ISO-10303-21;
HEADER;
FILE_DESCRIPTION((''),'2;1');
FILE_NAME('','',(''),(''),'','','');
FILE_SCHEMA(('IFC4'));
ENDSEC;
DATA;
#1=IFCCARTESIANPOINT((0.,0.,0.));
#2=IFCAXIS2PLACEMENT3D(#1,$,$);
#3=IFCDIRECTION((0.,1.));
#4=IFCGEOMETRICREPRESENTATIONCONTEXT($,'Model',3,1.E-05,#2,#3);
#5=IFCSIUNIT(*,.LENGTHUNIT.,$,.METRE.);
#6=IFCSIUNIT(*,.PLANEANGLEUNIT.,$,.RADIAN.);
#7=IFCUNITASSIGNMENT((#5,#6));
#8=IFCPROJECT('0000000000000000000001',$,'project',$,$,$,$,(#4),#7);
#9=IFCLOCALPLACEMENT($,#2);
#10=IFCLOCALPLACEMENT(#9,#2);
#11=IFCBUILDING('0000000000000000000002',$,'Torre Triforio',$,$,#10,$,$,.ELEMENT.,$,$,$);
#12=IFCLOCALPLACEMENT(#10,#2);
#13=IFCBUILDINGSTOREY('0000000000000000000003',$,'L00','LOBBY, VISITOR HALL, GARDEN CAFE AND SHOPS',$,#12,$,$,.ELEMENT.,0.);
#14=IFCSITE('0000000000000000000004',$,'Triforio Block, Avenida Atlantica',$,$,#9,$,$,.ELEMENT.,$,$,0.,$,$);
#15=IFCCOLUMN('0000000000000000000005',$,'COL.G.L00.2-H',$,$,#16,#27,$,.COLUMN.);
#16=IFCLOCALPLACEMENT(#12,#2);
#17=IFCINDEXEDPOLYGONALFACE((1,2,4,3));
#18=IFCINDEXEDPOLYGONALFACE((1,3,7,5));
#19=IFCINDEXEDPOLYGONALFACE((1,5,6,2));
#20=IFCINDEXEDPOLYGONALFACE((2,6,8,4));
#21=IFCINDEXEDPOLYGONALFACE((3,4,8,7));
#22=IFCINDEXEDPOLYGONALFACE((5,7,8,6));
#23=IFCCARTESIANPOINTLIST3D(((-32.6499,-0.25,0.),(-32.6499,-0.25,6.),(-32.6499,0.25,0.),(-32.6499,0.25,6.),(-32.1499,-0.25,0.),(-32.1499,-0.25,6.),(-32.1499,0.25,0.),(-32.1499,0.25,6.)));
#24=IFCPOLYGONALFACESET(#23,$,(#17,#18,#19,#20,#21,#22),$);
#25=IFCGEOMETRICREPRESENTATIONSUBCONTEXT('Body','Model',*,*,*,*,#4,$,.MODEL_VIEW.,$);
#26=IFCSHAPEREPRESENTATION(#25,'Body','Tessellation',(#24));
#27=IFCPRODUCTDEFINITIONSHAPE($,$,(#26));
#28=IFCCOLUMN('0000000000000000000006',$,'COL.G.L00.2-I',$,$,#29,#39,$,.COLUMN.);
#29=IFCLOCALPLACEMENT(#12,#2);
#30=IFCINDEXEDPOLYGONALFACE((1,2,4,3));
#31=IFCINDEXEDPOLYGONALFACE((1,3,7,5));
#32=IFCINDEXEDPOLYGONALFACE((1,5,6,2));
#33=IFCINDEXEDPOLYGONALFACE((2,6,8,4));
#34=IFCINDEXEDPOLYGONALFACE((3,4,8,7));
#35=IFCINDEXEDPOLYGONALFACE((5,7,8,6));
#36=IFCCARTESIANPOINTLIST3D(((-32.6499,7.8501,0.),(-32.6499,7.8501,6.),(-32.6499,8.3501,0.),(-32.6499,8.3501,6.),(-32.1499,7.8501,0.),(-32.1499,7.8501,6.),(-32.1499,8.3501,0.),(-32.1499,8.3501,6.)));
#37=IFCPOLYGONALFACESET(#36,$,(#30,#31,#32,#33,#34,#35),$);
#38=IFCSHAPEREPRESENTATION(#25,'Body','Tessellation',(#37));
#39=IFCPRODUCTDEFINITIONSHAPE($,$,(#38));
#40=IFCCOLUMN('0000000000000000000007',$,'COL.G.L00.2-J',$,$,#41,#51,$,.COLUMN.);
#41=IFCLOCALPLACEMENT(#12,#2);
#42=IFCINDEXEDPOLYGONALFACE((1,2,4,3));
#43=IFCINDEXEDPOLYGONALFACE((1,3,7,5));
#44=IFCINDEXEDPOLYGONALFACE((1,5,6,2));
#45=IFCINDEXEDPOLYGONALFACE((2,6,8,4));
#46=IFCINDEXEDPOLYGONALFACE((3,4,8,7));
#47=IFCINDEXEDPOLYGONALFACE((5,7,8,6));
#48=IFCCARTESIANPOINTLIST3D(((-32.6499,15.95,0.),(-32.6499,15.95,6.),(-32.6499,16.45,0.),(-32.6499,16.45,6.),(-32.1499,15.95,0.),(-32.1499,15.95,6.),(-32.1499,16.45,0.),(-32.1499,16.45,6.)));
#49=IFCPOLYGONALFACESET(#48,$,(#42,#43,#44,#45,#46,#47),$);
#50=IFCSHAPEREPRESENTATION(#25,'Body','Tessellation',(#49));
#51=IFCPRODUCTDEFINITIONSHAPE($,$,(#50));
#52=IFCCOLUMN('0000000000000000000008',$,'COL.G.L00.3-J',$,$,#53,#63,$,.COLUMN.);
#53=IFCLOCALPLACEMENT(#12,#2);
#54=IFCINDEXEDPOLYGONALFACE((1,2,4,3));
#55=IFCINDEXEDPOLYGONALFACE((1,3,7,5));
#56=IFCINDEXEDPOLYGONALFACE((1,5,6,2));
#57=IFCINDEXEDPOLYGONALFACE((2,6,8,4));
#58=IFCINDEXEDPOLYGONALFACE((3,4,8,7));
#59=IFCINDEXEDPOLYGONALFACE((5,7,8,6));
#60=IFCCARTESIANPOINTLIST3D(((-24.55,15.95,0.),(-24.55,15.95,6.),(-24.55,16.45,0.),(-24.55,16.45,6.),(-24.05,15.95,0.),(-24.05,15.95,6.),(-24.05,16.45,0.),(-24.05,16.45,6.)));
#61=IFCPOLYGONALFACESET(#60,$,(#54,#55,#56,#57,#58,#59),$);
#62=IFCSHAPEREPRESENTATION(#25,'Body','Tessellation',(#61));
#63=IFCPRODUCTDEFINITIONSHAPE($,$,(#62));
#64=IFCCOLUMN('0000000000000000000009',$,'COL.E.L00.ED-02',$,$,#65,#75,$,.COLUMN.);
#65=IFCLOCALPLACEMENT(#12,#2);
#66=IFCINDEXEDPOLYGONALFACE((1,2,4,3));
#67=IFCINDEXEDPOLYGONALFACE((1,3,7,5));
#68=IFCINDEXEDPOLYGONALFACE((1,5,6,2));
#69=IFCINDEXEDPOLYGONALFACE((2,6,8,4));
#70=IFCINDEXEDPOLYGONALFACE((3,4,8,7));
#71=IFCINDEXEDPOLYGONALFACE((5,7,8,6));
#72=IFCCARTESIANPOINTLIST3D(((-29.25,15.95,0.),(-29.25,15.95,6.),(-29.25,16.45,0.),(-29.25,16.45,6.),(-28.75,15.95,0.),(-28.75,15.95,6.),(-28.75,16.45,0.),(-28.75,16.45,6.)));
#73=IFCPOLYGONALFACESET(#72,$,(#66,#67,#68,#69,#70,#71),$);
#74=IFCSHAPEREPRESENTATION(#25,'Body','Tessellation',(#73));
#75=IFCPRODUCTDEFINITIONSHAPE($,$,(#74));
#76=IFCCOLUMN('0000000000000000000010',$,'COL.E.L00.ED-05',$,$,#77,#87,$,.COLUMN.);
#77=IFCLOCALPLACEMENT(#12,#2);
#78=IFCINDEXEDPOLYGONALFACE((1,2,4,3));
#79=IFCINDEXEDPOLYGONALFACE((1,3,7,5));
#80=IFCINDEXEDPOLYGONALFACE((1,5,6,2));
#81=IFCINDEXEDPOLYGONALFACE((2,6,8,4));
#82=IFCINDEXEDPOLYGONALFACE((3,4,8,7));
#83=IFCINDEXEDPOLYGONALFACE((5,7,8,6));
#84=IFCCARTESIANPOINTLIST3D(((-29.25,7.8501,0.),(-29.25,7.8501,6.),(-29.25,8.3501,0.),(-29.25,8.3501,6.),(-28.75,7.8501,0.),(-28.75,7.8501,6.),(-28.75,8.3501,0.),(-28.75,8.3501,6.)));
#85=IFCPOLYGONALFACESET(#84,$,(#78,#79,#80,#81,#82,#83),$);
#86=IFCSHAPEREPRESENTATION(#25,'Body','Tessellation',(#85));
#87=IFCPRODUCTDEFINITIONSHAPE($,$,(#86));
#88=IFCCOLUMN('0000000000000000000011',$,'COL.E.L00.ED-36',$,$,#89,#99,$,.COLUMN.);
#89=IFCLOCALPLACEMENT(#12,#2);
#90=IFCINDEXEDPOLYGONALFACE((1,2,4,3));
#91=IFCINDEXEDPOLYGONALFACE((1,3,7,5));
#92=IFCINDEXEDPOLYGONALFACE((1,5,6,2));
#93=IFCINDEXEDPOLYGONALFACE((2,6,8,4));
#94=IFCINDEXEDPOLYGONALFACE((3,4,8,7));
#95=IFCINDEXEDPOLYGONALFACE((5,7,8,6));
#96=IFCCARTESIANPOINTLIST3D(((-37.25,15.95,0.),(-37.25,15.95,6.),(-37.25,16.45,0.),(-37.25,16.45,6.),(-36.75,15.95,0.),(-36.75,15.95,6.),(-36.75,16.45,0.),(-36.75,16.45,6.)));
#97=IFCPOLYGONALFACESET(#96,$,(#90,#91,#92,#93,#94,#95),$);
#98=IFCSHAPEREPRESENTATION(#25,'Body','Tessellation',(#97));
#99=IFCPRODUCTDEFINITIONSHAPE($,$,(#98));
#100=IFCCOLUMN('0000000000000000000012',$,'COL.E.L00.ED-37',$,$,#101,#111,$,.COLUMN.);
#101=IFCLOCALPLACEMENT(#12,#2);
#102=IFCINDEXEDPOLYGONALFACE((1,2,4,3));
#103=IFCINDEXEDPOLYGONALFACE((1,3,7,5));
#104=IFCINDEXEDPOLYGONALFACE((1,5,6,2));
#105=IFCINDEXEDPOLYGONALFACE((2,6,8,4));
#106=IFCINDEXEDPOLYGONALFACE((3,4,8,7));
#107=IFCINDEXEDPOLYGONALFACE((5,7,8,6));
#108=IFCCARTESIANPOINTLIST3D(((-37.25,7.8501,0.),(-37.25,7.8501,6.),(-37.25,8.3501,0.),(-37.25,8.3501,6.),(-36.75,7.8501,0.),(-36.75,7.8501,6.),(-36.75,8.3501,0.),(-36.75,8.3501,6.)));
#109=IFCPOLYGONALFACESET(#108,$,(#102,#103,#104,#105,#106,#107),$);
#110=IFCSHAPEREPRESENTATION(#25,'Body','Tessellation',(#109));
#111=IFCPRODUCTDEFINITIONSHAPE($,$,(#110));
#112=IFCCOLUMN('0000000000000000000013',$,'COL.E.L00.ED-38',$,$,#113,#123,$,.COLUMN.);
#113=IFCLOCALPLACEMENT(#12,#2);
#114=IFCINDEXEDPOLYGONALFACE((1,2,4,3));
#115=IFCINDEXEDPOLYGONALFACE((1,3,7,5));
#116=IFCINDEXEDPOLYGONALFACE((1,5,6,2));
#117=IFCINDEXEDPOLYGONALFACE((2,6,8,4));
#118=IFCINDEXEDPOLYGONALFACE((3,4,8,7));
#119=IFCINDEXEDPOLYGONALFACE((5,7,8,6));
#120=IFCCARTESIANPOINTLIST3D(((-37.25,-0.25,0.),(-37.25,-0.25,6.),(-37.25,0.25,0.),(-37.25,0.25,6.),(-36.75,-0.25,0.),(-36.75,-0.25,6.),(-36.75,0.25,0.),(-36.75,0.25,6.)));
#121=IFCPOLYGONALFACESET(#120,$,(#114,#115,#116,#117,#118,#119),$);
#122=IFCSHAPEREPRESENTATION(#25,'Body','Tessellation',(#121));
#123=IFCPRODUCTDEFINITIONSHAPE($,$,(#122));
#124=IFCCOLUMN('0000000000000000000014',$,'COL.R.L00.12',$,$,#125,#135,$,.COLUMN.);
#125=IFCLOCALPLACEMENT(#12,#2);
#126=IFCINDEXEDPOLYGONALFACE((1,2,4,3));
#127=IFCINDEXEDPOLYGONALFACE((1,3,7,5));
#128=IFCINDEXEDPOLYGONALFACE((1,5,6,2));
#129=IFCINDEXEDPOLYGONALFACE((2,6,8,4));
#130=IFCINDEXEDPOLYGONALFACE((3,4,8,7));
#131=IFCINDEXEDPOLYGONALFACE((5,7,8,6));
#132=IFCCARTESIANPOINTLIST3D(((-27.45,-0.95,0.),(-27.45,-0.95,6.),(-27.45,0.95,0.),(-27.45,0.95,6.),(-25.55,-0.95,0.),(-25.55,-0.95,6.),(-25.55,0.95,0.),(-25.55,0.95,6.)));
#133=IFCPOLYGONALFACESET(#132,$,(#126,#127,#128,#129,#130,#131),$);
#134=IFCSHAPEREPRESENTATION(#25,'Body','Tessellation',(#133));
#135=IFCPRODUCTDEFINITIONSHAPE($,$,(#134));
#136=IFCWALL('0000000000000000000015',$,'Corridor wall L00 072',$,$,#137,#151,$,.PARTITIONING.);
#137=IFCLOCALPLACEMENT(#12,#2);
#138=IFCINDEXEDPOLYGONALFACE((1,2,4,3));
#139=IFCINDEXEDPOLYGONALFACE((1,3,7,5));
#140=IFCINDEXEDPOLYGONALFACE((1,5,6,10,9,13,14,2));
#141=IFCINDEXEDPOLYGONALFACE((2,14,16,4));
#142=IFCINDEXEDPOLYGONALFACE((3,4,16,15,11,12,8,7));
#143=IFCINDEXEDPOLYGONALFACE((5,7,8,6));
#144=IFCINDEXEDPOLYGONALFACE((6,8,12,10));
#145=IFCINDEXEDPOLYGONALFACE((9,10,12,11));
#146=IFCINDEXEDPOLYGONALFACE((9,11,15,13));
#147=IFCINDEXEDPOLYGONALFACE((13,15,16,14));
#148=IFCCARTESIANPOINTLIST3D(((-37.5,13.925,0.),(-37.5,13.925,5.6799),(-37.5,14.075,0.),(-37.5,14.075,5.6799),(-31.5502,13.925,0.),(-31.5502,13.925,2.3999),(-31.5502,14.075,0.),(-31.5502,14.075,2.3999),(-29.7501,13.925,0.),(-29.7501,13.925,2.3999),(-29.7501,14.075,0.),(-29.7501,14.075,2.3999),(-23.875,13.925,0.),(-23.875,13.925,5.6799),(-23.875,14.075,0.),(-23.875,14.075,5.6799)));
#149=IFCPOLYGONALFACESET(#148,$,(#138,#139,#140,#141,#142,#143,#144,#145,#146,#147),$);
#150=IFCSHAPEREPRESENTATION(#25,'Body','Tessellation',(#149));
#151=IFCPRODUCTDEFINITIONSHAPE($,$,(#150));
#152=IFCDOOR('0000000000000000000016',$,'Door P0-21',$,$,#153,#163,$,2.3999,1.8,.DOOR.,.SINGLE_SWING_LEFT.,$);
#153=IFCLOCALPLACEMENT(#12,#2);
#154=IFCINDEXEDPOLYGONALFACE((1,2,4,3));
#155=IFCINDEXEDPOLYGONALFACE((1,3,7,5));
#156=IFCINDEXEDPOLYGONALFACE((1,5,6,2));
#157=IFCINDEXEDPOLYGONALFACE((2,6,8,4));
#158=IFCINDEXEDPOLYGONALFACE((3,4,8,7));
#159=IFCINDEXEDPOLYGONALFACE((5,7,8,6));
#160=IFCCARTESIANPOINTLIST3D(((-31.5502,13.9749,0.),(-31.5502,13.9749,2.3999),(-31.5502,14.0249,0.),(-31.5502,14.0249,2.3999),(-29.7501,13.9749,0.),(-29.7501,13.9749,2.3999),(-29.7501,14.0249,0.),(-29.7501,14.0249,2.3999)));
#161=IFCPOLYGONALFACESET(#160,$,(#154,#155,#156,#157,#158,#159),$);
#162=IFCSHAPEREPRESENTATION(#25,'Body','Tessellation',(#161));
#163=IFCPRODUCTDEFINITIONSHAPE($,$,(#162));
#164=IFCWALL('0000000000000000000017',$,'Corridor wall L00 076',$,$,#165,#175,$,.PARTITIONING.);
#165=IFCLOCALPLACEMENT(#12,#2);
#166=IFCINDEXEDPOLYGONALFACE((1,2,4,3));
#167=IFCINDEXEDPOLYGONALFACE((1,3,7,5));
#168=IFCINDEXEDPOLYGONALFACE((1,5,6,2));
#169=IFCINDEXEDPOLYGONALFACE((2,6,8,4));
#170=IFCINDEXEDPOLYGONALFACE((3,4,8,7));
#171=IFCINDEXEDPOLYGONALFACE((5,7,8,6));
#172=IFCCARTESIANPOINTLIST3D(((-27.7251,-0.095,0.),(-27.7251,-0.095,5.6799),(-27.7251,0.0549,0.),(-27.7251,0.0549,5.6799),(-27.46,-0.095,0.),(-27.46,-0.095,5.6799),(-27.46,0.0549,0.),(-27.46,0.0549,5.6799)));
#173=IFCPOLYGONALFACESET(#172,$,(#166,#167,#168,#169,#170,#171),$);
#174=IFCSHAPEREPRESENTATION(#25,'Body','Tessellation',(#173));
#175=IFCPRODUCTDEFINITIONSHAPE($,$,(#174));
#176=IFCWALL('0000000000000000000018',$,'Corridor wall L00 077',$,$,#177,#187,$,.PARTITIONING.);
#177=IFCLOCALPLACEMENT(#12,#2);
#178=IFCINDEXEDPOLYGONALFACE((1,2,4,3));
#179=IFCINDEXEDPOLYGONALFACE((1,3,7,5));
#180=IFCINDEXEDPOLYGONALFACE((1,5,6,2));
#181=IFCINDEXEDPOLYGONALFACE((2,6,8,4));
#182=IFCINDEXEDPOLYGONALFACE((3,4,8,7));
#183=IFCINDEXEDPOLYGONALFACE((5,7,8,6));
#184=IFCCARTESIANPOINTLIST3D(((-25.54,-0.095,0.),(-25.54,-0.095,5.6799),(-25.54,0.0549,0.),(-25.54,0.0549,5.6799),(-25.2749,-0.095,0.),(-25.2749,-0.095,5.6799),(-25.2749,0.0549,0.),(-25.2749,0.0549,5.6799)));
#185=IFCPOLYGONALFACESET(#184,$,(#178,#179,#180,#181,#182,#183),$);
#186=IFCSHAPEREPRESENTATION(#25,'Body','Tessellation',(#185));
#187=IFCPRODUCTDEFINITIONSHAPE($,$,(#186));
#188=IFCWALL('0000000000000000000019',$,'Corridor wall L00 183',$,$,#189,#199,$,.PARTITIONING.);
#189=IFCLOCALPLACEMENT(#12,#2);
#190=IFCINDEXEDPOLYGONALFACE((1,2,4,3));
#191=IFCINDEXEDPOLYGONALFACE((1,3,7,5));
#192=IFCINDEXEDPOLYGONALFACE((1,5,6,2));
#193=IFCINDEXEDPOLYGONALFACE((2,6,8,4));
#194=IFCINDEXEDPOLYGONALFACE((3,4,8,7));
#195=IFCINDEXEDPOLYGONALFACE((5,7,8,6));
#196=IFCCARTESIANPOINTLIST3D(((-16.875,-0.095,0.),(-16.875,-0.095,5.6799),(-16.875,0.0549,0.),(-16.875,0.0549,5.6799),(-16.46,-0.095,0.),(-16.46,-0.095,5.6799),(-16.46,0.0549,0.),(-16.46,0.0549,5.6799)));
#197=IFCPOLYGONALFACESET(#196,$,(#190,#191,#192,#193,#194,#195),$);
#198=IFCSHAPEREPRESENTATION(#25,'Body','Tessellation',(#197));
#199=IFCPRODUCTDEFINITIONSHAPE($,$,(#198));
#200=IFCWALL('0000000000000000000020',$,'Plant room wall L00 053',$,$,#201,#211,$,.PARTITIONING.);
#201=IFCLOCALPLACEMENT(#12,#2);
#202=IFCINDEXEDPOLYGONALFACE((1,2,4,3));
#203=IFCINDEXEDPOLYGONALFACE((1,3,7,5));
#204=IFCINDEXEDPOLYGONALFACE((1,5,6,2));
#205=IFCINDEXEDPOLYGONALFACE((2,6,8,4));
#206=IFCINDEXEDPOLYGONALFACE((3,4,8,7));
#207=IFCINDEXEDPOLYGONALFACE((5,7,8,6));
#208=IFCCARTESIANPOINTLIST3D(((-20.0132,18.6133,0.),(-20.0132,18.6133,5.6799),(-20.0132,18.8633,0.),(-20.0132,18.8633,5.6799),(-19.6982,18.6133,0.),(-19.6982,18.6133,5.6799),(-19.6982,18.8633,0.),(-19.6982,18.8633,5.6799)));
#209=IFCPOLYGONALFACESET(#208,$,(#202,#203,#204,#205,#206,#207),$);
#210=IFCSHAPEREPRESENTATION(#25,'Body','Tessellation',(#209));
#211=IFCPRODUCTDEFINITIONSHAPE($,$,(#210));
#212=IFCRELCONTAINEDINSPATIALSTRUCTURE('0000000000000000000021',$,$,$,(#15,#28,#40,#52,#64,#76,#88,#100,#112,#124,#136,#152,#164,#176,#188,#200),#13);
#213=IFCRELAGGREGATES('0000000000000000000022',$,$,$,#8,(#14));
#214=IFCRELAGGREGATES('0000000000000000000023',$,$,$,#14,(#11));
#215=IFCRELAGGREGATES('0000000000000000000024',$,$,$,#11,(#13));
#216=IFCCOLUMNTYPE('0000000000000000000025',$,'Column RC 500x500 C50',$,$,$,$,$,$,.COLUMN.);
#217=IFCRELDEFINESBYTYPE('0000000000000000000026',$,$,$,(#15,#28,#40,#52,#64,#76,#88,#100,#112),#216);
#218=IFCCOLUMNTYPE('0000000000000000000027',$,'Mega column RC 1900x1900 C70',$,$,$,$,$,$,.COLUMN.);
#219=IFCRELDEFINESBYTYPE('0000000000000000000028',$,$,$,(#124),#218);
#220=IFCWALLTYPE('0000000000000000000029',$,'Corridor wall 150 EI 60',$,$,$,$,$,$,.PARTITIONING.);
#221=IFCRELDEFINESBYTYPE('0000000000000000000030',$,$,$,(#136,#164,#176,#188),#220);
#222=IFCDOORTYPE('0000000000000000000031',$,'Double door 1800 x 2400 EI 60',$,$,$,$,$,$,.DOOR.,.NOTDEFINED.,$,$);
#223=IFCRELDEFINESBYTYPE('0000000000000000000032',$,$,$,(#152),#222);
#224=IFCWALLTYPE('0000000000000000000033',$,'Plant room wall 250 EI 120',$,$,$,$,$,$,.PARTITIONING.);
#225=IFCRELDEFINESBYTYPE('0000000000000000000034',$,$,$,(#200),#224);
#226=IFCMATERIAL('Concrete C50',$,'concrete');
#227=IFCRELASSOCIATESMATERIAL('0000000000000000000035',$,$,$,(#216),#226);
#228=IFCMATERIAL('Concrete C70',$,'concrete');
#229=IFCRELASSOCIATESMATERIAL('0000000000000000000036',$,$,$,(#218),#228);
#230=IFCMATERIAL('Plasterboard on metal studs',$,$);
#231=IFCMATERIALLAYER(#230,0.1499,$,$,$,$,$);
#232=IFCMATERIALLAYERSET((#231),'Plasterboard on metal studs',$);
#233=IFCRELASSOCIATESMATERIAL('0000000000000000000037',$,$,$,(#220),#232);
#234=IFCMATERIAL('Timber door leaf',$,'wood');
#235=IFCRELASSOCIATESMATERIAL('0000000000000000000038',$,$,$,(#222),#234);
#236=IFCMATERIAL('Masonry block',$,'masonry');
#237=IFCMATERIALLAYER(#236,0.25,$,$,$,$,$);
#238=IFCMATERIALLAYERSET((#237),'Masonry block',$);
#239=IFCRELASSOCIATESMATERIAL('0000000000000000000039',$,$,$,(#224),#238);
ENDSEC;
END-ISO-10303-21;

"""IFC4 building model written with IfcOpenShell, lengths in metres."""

from ifc_helpers import new_model, si_unit, direction, frame, frame_2d, origin, origin_2d, place, context, subcontext, project, spatial, rectangle, extrude, material, layer, layer_set, material_profile, profile_set, type_object, element, fill, save


model = new_model("IFC4")

# Units and contexts
model_context = context("Model", 3, precision=1e-05, world=origin(), true_north=direction((0.0, 1.0)))
body_context = subcontext(model_context, "Body", "Model", "MODEL_VIEW")
ifc_project = project(units=[si_unit("LENGTHUNIT", "METRE"), si_unit("PLANEANGLEUNIT", "RADIAN")], contexts=[model_context])

# Site, building, storey
site_placement = place(None, origin())
site = spatial("IfcSite", under=ifc_project, at=site_placement, Name="Triforio Block, Avenida Atlantica", CompositionType="ELEMENT", RefElevation=0.0)
building_placement = place(site_placement, origin())
building = spatial("IfcBuilding", under=site, at=building_placement, Name="Torre Triforio", CompositionType="ELEMENT")
storey_placement = place(building_placement, origin())
storey = spatial("IfcBuildingStorey", under=building, at=storey_placement, Name="L00", Description="LOBBY, VISITOR HALL, GARDEN CAFE AND SHOPS", CompositionType="ELEMENT", Elevation=0.0)

# Columns
ifc_material_1 = material(Name="Concrete C50", Category="concrete")
ifc_material_profile_1 = material_profile(ifc_material_1, rectangle(XDim=0.5, YDim=0.5, at=origin_2d()), Name="RC 500x500")
ifc_profile_set_1 = profile_set([ifc_material_profile_1], Name="Concrete C50")
column_type_1 = type_object("IfcColumnType", Name="Column RC 500x500 C50", PredefinedType="COLUMN", material=ifc_profile_set_1)
for number, where, z_axis, x_axis, name in (
    (1, (-32.3999, 0.0, 0.0), (0.0, 0.0, 1.0), (1.0, 0.0, 0.0), "COL.G.L00.2-H"),
    (2, (-32.3999, 8.1001, 0.0), (0.0, 0.0, 1.0), (1.0, 0.0, 0.0), "COL.G.L00.2-I"),
    (3, (-32.3999, 16.2, 0.0), (0.0, 0.0, 1.0), (1.0, 0.0, 0.0), "COL.G.L00.2-J"),
    (4, (-24.3, 16.2, 0.0), (0.0, 0.0, 1.0), (1.0, 0.0, 0.0), "COL.G.L00.3-J"),
    (5, (-29.0, 16.2, 0.0), (0.0, 0.0, 1.0), (1.0, 0.0, 0.0), "COL.E.L00.ED-02"),
    (6, (-29.0, 8.1001, 0.0), (0.0, 0.0, 1.0), (1.0, 0.0, 0.0), "COL.E.L00.ED-05"),
    (7, (-37.0, 16.2, 0.0), (0.0, 0.0, 1.0), (1.0, 0.0, 0.0), "COL.E.L00.ED-36"),
    (8, (-37.0, 8.1001, 0.0), (0.0, 0.0, 1.0), (1.0, 0.0, 0.0), "COL.E.L00.ED-37"),
    (9, (-37.0, 0.0, 0.0), (0.0, 0.0, 1.0), (1.0, 0.0, 0.0), "COL.E.L00.ED-38"),
):
    element("IfcColumn", number, at=place(storey_placement, frame(where, z_axis=z_axis, x_axis=x_axis)), inside=storey, type_object=column_type_1, Name=name, PredefinedType="COLUMN", context=body_context, shape_type="SweptSolid", body=[
        extrude(rectangle(XDim=0.5, YDim=0.5, at=origin_2d()), origin(), (0.0, 0.0, 1.0), 6.0),
    ])
ifc_material_2 = material(Name="Concrete C70", Category="concrete")
ifc_material_profile_2 = material_profile(ifc_material_2, rectangle(XDim=1.8999, YDim=1.8999, at=origin_2d()), Name="RC 1900x1900")
ifc_profile_set_2 = profile_set([ifc_material_profile_2], Name="Concrete C70")
column_type_2 = type_object("IfcColumnType", Name="Mega column RC 1900x1900 C70", PredefinedType="COLUMN", material=ifc_profile_set_2)
column_placement = place(storey_placement, frame((-26.5, 0.0, 0.0), z_axis=(0.0, 0.0, 1.0), x_axis=(0.0, -1.0, 0.0)))
element("IfcColumn", 10, at=column_placement, inside=storey, type_object=column_type_2, Name="COL.R.L00.12", PredefinedType="COLUMN", context=body_context, shape_type="SweptSolid", body=[
    extrude(rectangle(XDim=1.8999, YDim=1.8999, at=origin_2d()), origin(), (0.0, 0.0, 1.0), 6.0),
])

# Wall, opening, door
ifc_material_3 = material(Name="Plasterboard on metal studs")
ifc_layer_1 = layer(ifc_material_3, 0.1499)
ifc_layer_set_1 = layer_set([ifc_layer_1], Name="Plasterboard on metal studs")
wall_type_1 = type_object("IfcWallType", Name="Corridor wall 150 EI 60", PredefinedType="PARTITIONING", material=ifc_layer_set_1)
wall_1_placement = place(storey_placement, frame((-37.5, 14.0, 0.0), z_axis=(0.0, 0.0, 1.0), x_axis=(1.0, 0.0, 0.0)))
wall_1 = element("IfcWall", 11, at=wall_1_placement, inside=storey, type_object=wall_type_1, Name="Corridor wall L00 072", PredefinedType="PARTITIONING", context=body_context, shape_type="SweptSolid", body=[
    extrude(rectangle(XDim=13.625, YDim=0.1499, at=frame_2d((6.8125, 0.0))), origin(), (0.0, 0.0, 1.0), 5.6799),
])
opening_1_placement = place(wall_1_placement, frame((5.95, 0.0, 0.0)))
opening_1 = element("IfcOpeningElement", 12, at=opening_1_placement, cuts=wall_1, PredefinedType="OPENING", context=body_context, shape_type="SweptSolid", body=[
    extrude(rectangle(XDim=1.8, YDim=2.3999, at=frame_2d((0.8999, 1.2))), frame((0.0, 0.085, 0.0), z_axis=(0.0, -1.0, 0.0), x_axis=(1.0, 0.0, 0.0)), (0.0, 0.0, 1.0), 0.1699),
])
ifc_material_4 = material(Name="Timber door leaf", Category="wood")
door_type_1 = type_object("IfcDoorType", Name="Double door 1800 x 2400 EI 60", OperationType="NOTDEFINED", PredefinedType="DOOR", material=ifc_material_4)
door_1_placement = place(opening_1_placement, origin())
door_1 = element("IfcDoor", 13, at=door_1_placement, inside=storey, type_object=door_type_1, Name="Door P0-21", OperationType="SINGLE_SWING_LEFT", OverallHeight=2.3999, OverallWidth=1.8, PredefinedType="DOOR", context=body_context, shape_type="SweptSolid", body=[
    extrude(rectangle(XDim=1.8, YDim=2.3999, at=frame_2d((0.8999, 1.2))), frame((0.0, 0.0249, 0.0), z_axis=(0.0, -1.0, 0.0), x_axis=(1.0, 0.0, 0.0)), (0.0, 0.0, 1.0), 0.05),
])
fill(opening_1, door_1)

# Walls
for number, where, z_axis, x_axis, name in (
    (14, (-27.7251, -0.02, 0.0), (0.0, 0.0, 1.0), (1.0, 0.0, 0.0), "Corridor wall L00 076"),
    (15, (-25.54, -0.02, 0.0), (0.0, 0.0, 1.0), (1.0, 0.0, 0.0), "Corridor wall L00 077"),
):
    element("IfcWall", number, at=place(storey_placement, frame(where, z_axis=z_axis, x_axis=x_axis)), inside=storey, type_object=wall_type_1, Name=name, PredefinedType="PARTITIONING", context=body_context, shape_type="SweptSolid", body=[
        extrude(rectangle(XDim=0.2651, YDim=0.1499, at=frame_2d((0.1326, 0.0))), origin(), (0.0, 0.0, 1.0), 5.6799),
    ])
wall_2_placement = place(storey_placement, frame((-16.875, -0.02, 0.0), z_axis=(0.0, 0.0, 1.0), x_axis=(1.0, 0.0, 0.0)))
element("IfcWall", 16, at=wall_2_placement, inside=storey, type_object=wall_type_1, Name="Corridor wall L00 183", PredefinedType="PARTITIONING", context=body_context, shape_type="SweptSolid", body=[
    extrude(rectangle(XDim=0.415, YDim=0.1499, at=frame_2d((0.2075, 0.0))), origin(), (0.0, 0.0, 1.0), 5.6799),
])
ifc_material_5 = material(Name="Masonry block", Category="masonry")
ifc_layer_2 = layer(ifc_material_5, 0.25)
ifc_layer_set_2 = layer_set([ifc_layer_2], Name="Masonry block")
wall_type_2 = type_object("IfcWallType", Name="Plant room wall 250 EI 120", PredefinedType="PARTITIONING", material=ifc_layer_set_2)
wall_3_placement = place(storey_placement, frame((-20.0132, 18.7383, 0.0), z_axis=(0.0, 0.0, 1.0), x_axis=(1.0, 0.0, 0.0)))
element("IfcWall", 17, at=wall_3_placement, inside=storey, type_object=wall_type_2, Name="Plant room wall L00 053", PredefinedType="PARTITIONING", context=body_context, shape_type="SweptSolid", body=[
    extrude(rectangle(XDim=0.3149, YDim=0.25, at=frame_2d((0.1575, 0.0))), origin(), (0.0, 0.0, 1.0), 5.6799),
])

save(model, "model.ifc")
